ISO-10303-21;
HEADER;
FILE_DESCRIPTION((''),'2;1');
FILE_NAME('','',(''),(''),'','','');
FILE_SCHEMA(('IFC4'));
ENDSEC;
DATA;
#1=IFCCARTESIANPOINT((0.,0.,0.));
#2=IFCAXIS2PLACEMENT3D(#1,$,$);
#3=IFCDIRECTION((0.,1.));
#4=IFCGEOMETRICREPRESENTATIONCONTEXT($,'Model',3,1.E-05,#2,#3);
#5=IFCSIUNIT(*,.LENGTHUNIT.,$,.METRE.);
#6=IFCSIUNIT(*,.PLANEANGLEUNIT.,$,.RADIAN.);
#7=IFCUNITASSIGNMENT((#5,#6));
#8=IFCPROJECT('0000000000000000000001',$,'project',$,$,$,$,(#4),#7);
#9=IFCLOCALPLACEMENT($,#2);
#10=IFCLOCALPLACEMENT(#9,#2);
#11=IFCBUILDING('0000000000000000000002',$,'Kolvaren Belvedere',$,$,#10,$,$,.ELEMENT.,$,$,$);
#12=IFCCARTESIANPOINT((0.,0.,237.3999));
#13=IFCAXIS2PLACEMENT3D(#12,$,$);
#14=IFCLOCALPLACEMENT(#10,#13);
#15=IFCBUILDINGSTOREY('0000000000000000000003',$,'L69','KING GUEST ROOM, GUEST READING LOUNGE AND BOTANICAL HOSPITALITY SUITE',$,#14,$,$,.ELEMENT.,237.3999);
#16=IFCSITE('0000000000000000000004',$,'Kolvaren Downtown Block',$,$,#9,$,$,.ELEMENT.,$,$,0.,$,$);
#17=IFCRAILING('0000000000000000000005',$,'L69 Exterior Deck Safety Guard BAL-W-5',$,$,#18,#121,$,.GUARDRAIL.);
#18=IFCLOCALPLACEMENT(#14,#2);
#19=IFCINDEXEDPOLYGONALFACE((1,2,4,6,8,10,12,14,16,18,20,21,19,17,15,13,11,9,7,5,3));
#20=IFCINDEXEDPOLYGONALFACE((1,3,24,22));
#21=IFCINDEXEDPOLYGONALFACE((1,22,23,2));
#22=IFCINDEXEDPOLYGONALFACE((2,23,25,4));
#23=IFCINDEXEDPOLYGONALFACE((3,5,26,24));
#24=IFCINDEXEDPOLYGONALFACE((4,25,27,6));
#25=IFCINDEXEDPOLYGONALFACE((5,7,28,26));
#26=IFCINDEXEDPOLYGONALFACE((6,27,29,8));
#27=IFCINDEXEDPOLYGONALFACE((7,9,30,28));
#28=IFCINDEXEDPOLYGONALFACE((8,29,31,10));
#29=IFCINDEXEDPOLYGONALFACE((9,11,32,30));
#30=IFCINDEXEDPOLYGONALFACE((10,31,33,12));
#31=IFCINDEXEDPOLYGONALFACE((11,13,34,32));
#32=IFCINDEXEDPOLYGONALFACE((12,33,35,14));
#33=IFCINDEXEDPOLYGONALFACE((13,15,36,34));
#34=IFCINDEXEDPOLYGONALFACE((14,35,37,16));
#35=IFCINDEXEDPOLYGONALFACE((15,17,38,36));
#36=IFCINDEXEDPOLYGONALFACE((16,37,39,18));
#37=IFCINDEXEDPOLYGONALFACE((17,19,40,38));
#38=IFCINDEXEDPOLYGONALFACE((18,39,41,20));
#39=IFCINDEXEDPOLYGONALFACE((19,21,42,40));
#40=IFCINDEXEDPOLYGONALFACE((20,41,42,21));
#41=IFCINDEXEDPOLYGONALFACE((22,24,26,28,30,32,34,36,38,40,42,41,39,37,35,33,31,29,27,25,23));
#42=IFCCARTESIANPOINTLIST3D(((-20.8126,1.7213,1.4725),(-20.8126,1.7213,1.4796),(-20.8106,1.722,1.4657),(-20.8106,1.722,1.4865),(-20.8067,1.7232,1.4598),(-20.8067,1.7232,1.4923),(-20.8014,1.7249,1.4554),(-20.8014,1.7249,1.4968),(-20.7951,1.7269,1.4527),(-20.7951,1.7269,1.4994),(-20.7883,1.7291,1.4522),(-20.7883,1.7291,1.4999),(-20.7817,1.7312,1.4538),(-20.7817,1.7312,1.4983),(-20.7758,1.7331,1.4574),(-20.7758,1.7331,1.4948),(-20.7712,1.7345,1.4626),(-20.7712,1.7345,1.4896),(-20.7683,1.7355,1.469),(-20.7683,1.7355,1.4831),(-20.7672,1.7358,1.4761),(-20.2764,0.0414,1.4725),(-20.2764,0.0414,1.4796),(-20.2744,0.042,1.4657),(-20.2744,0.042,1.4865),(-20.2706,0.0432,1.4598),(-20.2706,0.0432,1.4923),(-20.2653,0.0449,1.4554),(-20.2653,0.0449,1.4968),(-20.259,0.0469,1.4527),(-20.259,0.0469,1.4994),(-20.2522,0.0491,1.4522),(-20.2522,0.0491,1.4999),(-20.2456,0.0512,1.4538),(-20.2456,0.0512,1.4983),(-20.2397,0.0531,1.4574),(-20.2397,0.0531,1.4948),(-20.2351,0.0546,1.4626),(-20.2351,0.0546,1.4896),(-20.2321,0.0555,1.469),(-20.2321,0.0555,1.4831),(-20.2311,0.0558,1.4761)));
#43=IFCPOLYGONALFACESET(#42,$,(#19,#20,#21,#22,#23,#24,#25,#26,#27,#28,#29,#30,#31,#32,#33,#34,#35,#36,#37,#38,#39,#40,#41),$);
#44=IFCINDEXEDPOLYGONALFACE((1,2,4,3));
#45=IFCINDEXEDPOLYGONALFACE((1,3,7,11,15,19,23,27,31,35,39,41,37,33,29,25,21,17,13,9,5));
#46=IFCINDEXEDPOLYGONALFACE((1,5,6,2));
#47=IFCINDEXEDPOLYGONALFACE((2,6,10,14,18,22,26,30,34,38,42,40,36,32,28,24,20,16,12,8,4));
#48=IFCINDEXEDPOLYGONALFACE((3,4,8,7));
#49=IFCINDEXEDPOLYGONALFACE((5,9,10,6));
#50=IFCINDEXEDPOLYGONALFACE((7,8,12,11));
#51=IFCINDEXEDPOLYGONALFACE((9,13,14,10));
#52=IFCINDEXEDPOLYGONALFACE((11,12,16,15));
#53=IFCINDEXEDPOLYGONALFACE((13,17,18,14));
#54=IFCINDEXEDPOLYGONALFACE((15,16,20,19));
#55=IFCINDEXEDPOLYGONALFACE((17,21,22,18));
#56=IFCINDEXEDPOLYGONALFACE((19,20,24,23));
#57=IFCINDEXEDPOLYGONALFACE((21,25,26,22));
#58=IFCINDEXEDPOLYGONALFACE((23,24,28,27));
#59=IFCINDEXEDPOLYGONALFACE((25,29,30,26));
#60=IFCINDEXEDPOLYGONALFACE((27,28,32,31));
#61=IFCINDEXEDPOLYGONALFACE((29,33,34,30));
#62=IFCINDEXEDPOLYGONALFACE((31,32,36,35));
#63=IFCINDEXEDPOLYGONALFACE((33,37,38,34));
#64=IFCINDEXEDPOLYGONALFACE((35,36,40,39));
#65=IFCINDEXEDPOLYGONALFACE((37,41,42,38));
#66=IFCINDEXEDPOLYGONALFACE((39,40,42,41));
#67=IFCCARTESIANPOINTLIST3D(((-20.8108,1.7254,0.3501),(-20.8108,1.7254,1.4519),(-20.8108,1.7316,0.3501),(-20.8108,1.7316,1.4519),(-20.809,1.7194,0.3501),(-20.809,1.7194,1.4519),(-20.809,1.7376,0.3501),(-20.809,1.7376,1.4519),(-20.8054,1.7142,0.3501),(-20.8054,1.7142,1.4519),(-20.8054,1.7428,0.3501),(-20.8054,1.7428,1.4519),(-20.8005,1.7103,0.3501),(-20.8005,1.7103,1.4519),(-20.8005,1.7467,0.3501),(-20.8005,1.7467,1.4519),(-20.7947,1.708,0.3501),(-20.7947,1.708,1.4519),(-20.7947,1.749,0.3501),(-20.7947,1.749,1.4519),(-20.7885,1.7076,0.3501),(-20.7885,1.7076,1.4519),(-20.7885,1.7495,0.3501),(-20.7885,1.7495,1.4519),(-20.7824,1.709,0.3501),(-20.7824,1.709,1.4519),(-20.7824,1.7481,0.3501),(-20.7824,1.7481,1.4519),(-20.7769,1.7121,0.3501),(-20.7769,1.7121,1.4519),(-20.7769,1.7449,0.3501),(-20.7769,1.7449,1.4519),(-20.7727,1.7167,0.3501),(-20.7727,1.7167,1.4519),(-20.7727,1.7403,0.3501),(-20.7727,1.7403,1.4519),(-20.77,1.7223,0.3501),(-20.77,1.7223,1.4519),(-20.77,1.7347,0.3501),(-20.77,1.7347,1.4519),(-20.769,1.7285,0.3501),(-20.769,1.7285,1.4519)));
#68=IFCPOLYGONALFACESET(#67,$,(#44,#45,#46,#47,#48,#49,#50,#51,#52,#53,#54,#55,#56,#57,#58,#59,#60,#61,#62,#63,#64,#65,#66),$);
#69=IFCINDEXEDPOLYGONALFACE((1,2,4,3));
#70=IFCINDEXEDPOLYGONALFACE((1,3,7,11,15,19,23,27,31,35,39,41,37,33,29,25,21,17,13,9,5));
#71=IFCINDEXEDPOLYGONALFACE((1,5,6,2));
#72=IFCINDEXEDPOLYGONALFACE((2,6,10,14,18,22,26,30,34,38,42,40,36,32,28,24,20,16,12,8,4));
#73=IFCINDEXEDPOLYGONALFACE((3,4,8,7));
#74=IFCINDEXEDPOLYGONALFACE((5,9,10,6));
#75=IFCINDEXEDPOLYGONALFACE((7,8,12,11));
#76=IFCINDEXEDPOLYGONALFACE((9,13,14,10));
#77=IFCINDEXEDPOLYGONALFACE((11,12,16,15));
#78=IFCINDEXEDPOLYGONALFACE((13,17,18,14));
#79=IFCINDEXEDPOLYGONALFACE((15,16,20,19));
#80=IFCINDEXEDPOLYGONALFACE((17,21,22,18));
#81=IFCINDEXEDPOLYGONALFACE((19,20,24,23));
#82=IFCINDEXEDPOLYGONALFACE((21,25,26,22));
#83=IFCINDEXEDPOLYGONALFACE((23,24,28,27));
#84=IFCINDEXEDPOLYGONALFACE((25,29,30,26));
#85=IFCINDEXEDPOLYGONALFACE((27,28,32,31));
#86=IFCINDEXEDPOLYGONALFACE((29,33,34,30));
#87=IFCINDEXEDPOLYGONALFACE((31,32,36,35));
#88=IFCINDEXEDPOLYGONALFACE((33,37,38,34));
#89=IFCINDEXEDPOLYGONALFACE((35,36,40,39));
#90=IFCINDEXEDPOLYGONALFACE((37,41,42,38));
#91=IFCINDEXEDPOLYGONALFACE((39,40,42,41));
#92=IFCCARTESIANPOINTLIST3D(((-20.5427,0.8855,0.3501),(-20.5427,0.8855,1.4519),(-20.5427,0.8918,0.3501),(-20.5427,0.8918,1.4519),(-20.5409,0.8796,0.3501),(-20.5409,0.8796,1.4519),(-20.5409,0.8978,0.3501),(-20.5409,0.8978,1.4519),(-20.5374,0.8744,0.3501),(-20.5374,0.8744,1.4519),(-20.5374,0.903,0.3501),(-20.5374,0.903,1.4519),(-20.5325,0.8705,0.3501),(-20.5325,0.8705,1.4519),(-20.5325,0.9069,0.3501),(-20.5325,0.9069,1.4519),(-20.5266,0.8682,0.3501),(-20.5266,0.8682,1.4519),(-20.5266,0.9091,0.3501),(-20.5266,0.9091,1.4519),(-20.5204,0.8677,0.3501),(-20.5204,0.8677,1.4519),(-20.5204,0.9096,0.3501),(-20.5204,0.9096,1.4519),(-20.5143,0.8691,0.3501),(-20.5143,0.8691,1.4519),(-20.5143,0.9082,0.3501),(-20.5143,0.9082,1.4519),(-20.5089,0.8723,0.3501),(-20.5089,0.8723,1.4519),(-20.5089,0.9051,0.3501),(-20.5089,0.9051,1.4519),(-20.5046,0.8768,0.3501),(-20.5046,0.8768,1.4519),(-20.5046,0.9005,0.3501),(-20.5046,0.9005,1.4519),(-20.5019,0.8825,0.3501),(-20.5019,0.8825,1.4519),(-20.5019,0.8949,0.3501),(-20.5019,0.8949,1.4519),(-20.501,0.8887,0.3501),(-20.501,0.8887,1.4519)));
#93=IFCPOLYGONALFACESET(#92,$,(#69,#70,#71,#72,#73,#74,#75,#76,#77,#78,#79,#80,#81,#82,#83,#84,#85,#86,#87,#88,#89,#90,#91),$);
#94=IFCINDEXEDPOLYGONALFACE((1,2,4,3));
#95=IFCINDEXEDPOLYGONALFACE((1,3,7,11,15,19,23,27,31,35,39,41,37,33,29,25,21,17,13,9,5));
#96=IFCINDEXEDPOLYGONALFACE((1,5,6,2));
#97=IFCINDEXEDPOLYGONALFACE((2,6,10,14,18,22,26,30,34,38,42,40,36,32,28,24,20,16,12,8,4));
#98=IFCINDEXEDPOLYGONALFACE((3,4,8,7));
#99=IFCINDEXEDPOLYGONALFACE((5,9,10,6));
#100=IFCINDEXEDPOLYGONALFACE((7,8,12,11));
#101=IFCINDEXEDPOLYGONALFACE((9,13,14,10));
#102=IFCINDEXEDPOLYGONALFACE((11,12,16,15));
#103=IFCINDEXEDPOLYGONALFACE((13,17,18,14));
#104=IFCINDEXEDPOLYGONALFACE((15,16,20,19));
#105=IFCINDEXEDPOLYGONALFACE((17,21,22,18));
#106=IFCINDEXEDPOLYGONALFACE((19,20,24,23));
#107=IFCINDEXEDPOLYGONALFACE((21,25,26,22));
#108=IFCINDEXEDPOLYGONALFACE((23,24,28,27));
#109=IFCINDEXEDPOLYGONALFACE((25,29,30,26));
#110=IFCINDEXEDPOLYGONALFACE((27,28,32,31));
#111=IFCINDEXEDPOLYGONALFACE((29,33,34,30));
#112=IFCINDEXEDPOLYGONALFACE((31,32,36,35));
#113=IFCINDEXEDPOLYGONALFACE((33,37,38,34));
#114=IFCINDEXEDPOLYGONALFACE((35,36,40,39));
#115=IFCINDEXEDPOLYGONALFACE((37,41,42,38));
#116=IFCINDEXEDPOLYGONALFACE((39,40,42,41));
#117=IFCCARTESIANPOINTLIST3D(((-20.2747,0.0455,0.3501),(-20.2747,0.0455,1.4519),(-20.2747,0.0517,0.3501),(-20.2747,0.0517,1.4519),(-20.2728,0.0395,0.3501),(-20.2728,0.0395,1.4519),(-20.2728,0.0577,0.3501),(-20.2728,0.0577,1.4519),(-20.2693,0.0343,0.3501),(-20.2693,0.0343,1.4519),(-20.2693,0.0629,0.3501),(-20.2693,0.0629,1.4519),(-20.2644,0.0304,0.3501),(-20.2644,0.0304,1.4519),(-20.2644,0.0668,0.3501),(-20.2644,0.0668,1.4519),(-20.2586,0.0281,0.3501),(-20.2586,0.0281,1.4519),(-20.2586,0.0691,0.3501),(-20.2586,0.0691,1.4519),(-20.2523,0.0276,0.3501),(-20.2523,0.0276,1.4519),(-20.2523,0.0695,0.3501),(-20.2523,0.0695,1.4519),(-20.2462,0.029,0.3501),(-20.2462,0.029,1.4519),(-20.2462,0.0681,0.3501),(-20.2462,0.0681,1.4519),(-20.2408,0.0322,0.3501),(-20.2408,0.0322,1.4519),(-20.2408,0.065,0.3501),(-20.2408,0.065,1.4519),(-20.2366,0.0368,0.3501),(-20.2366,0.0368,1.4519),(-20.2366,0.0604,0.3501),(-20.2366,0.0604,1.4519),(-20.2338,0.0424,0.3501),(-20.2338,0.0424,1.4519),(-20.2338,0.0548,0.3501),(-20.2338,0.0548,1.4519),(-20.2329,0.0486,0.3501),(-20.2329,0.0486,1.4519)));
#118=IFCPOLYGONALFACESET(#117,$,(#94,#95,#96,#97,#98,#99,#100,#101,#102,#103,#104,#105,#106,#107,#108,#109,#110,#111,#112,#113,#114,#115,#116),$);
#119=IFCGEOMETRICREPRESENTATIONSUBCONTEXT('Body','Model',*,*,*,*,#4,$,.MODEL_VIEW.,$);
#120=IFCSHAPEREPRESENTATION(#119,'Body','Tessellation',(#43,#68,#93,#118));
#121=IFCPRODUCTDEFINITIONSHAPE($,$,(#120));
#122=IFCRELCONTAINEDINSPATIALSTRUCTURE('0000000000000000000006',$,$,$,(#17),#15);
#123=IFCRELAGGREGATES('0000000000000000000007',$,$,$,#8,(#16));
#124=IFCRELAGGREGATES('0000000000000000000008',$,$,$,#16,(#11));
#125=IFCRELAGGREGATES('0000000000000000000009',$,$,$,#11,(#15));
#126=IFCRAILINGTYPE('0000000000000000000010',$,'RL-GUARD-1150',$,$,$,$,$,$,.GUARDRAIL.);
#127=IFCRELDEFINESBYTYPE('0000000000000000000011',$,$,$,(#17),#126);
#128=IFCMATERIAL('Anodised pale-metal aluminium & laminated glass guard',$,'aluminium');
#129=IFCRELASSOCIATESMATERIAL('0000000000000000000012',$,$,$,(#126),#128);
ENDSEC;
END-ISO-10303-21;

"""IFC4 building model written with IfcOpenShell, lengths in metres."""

from ifc_helpers import new_model, si_unit, direction, frame, origin, origin_2d, place, context, subcontext, project, spatial, circle, extrude, material, type_object, element, save


model = new_model("IFC4")

# Units and contexts
model_context = context("Model", 3, precision=1e-05, world=origin(), true_north=direction((0.0, 1.0)))
body_context = subcontext(model_context, "Body", "Model", "MODEL_VIEW")
ifc_project = project(units=[si_unit("LENGTHUNIT", "METRE"), si_unit("PLANEANGLEUNIT", "RADIAN")], contexts=[model_context])

# Site, building, storey
site_placement = place(None, origin())
site = spatial("IfcSite", under=ifc_project, at=site_placement, Name="Kolvaren Downtown Block", CompositionType="ELEMENT", RefElevation=0.0)
building_placement = place(site_placement, origin())
building = spatial("IfcBuilding", under=site, at=building_placement, Name="Kolvaren Belvedere", CompositionType="ELEMENT")
storey_placement = place(building_placement, frame((0.0, 0.0, 237.3999)))
storey = spatial("IfcBuildingStorey", under=building, at=storey_placement, Name="L69", Description="KING GUEST ROOM, GUEST READING LOUNGE AND BOTANICAL HOSPITALITY SUITE", CompositionType="ELEMENT", Elevation=237.3999)

# Railing
ifc_material_1 = material(Name="Anodised pale-metal aluminium & laminated glass guard", Category="aluminium")
railing_type = type_object("IfcRailingType", Name="RL-GUARD-1150", PredefinedType="GUARDRAIL", material=ifc_material_1)
railing_1_placement = place(storey_placement, frame((-20.79, 1.7285, 0.3501)))
element("IfcRailing", 1, at=railing_1_placement, inside=storey, type_object=railing_type, Name="L69 Exterior Deck Safety Guard BAL-W-5", PredefinedType="GUARDRAIL", context=body_context, shape_type="SweptSolid", body=[
    extrude(circle(Radius=0.0239, at=origin_2d()), frame((0.0, 0.0, 1.126), z_axis=(0.304032, -0.952662, 0.0), x_axis=(0.952662, 0.304032, 0.0)), (0.0, 0.0, 1.0), 1.7634),
    extrude(circle(Radius=0.021, at=origin_2d()), origin(), (0.0, 0.0, 1.0), 1.1018),
    extrude(circle(Radius=0.021, at=origin_2d()), frame((0.2681, -0.8398, 0.0)), (0.0, 0.0, 1.0), 1.1018),
    extrude(circle(Radius=0.021, at=origin_2d()), frame((0.5361, -1.6799, 0.0)), (0.0, 0.0, 1.0), 1.1018),
])

save(model, "model.ifc")
